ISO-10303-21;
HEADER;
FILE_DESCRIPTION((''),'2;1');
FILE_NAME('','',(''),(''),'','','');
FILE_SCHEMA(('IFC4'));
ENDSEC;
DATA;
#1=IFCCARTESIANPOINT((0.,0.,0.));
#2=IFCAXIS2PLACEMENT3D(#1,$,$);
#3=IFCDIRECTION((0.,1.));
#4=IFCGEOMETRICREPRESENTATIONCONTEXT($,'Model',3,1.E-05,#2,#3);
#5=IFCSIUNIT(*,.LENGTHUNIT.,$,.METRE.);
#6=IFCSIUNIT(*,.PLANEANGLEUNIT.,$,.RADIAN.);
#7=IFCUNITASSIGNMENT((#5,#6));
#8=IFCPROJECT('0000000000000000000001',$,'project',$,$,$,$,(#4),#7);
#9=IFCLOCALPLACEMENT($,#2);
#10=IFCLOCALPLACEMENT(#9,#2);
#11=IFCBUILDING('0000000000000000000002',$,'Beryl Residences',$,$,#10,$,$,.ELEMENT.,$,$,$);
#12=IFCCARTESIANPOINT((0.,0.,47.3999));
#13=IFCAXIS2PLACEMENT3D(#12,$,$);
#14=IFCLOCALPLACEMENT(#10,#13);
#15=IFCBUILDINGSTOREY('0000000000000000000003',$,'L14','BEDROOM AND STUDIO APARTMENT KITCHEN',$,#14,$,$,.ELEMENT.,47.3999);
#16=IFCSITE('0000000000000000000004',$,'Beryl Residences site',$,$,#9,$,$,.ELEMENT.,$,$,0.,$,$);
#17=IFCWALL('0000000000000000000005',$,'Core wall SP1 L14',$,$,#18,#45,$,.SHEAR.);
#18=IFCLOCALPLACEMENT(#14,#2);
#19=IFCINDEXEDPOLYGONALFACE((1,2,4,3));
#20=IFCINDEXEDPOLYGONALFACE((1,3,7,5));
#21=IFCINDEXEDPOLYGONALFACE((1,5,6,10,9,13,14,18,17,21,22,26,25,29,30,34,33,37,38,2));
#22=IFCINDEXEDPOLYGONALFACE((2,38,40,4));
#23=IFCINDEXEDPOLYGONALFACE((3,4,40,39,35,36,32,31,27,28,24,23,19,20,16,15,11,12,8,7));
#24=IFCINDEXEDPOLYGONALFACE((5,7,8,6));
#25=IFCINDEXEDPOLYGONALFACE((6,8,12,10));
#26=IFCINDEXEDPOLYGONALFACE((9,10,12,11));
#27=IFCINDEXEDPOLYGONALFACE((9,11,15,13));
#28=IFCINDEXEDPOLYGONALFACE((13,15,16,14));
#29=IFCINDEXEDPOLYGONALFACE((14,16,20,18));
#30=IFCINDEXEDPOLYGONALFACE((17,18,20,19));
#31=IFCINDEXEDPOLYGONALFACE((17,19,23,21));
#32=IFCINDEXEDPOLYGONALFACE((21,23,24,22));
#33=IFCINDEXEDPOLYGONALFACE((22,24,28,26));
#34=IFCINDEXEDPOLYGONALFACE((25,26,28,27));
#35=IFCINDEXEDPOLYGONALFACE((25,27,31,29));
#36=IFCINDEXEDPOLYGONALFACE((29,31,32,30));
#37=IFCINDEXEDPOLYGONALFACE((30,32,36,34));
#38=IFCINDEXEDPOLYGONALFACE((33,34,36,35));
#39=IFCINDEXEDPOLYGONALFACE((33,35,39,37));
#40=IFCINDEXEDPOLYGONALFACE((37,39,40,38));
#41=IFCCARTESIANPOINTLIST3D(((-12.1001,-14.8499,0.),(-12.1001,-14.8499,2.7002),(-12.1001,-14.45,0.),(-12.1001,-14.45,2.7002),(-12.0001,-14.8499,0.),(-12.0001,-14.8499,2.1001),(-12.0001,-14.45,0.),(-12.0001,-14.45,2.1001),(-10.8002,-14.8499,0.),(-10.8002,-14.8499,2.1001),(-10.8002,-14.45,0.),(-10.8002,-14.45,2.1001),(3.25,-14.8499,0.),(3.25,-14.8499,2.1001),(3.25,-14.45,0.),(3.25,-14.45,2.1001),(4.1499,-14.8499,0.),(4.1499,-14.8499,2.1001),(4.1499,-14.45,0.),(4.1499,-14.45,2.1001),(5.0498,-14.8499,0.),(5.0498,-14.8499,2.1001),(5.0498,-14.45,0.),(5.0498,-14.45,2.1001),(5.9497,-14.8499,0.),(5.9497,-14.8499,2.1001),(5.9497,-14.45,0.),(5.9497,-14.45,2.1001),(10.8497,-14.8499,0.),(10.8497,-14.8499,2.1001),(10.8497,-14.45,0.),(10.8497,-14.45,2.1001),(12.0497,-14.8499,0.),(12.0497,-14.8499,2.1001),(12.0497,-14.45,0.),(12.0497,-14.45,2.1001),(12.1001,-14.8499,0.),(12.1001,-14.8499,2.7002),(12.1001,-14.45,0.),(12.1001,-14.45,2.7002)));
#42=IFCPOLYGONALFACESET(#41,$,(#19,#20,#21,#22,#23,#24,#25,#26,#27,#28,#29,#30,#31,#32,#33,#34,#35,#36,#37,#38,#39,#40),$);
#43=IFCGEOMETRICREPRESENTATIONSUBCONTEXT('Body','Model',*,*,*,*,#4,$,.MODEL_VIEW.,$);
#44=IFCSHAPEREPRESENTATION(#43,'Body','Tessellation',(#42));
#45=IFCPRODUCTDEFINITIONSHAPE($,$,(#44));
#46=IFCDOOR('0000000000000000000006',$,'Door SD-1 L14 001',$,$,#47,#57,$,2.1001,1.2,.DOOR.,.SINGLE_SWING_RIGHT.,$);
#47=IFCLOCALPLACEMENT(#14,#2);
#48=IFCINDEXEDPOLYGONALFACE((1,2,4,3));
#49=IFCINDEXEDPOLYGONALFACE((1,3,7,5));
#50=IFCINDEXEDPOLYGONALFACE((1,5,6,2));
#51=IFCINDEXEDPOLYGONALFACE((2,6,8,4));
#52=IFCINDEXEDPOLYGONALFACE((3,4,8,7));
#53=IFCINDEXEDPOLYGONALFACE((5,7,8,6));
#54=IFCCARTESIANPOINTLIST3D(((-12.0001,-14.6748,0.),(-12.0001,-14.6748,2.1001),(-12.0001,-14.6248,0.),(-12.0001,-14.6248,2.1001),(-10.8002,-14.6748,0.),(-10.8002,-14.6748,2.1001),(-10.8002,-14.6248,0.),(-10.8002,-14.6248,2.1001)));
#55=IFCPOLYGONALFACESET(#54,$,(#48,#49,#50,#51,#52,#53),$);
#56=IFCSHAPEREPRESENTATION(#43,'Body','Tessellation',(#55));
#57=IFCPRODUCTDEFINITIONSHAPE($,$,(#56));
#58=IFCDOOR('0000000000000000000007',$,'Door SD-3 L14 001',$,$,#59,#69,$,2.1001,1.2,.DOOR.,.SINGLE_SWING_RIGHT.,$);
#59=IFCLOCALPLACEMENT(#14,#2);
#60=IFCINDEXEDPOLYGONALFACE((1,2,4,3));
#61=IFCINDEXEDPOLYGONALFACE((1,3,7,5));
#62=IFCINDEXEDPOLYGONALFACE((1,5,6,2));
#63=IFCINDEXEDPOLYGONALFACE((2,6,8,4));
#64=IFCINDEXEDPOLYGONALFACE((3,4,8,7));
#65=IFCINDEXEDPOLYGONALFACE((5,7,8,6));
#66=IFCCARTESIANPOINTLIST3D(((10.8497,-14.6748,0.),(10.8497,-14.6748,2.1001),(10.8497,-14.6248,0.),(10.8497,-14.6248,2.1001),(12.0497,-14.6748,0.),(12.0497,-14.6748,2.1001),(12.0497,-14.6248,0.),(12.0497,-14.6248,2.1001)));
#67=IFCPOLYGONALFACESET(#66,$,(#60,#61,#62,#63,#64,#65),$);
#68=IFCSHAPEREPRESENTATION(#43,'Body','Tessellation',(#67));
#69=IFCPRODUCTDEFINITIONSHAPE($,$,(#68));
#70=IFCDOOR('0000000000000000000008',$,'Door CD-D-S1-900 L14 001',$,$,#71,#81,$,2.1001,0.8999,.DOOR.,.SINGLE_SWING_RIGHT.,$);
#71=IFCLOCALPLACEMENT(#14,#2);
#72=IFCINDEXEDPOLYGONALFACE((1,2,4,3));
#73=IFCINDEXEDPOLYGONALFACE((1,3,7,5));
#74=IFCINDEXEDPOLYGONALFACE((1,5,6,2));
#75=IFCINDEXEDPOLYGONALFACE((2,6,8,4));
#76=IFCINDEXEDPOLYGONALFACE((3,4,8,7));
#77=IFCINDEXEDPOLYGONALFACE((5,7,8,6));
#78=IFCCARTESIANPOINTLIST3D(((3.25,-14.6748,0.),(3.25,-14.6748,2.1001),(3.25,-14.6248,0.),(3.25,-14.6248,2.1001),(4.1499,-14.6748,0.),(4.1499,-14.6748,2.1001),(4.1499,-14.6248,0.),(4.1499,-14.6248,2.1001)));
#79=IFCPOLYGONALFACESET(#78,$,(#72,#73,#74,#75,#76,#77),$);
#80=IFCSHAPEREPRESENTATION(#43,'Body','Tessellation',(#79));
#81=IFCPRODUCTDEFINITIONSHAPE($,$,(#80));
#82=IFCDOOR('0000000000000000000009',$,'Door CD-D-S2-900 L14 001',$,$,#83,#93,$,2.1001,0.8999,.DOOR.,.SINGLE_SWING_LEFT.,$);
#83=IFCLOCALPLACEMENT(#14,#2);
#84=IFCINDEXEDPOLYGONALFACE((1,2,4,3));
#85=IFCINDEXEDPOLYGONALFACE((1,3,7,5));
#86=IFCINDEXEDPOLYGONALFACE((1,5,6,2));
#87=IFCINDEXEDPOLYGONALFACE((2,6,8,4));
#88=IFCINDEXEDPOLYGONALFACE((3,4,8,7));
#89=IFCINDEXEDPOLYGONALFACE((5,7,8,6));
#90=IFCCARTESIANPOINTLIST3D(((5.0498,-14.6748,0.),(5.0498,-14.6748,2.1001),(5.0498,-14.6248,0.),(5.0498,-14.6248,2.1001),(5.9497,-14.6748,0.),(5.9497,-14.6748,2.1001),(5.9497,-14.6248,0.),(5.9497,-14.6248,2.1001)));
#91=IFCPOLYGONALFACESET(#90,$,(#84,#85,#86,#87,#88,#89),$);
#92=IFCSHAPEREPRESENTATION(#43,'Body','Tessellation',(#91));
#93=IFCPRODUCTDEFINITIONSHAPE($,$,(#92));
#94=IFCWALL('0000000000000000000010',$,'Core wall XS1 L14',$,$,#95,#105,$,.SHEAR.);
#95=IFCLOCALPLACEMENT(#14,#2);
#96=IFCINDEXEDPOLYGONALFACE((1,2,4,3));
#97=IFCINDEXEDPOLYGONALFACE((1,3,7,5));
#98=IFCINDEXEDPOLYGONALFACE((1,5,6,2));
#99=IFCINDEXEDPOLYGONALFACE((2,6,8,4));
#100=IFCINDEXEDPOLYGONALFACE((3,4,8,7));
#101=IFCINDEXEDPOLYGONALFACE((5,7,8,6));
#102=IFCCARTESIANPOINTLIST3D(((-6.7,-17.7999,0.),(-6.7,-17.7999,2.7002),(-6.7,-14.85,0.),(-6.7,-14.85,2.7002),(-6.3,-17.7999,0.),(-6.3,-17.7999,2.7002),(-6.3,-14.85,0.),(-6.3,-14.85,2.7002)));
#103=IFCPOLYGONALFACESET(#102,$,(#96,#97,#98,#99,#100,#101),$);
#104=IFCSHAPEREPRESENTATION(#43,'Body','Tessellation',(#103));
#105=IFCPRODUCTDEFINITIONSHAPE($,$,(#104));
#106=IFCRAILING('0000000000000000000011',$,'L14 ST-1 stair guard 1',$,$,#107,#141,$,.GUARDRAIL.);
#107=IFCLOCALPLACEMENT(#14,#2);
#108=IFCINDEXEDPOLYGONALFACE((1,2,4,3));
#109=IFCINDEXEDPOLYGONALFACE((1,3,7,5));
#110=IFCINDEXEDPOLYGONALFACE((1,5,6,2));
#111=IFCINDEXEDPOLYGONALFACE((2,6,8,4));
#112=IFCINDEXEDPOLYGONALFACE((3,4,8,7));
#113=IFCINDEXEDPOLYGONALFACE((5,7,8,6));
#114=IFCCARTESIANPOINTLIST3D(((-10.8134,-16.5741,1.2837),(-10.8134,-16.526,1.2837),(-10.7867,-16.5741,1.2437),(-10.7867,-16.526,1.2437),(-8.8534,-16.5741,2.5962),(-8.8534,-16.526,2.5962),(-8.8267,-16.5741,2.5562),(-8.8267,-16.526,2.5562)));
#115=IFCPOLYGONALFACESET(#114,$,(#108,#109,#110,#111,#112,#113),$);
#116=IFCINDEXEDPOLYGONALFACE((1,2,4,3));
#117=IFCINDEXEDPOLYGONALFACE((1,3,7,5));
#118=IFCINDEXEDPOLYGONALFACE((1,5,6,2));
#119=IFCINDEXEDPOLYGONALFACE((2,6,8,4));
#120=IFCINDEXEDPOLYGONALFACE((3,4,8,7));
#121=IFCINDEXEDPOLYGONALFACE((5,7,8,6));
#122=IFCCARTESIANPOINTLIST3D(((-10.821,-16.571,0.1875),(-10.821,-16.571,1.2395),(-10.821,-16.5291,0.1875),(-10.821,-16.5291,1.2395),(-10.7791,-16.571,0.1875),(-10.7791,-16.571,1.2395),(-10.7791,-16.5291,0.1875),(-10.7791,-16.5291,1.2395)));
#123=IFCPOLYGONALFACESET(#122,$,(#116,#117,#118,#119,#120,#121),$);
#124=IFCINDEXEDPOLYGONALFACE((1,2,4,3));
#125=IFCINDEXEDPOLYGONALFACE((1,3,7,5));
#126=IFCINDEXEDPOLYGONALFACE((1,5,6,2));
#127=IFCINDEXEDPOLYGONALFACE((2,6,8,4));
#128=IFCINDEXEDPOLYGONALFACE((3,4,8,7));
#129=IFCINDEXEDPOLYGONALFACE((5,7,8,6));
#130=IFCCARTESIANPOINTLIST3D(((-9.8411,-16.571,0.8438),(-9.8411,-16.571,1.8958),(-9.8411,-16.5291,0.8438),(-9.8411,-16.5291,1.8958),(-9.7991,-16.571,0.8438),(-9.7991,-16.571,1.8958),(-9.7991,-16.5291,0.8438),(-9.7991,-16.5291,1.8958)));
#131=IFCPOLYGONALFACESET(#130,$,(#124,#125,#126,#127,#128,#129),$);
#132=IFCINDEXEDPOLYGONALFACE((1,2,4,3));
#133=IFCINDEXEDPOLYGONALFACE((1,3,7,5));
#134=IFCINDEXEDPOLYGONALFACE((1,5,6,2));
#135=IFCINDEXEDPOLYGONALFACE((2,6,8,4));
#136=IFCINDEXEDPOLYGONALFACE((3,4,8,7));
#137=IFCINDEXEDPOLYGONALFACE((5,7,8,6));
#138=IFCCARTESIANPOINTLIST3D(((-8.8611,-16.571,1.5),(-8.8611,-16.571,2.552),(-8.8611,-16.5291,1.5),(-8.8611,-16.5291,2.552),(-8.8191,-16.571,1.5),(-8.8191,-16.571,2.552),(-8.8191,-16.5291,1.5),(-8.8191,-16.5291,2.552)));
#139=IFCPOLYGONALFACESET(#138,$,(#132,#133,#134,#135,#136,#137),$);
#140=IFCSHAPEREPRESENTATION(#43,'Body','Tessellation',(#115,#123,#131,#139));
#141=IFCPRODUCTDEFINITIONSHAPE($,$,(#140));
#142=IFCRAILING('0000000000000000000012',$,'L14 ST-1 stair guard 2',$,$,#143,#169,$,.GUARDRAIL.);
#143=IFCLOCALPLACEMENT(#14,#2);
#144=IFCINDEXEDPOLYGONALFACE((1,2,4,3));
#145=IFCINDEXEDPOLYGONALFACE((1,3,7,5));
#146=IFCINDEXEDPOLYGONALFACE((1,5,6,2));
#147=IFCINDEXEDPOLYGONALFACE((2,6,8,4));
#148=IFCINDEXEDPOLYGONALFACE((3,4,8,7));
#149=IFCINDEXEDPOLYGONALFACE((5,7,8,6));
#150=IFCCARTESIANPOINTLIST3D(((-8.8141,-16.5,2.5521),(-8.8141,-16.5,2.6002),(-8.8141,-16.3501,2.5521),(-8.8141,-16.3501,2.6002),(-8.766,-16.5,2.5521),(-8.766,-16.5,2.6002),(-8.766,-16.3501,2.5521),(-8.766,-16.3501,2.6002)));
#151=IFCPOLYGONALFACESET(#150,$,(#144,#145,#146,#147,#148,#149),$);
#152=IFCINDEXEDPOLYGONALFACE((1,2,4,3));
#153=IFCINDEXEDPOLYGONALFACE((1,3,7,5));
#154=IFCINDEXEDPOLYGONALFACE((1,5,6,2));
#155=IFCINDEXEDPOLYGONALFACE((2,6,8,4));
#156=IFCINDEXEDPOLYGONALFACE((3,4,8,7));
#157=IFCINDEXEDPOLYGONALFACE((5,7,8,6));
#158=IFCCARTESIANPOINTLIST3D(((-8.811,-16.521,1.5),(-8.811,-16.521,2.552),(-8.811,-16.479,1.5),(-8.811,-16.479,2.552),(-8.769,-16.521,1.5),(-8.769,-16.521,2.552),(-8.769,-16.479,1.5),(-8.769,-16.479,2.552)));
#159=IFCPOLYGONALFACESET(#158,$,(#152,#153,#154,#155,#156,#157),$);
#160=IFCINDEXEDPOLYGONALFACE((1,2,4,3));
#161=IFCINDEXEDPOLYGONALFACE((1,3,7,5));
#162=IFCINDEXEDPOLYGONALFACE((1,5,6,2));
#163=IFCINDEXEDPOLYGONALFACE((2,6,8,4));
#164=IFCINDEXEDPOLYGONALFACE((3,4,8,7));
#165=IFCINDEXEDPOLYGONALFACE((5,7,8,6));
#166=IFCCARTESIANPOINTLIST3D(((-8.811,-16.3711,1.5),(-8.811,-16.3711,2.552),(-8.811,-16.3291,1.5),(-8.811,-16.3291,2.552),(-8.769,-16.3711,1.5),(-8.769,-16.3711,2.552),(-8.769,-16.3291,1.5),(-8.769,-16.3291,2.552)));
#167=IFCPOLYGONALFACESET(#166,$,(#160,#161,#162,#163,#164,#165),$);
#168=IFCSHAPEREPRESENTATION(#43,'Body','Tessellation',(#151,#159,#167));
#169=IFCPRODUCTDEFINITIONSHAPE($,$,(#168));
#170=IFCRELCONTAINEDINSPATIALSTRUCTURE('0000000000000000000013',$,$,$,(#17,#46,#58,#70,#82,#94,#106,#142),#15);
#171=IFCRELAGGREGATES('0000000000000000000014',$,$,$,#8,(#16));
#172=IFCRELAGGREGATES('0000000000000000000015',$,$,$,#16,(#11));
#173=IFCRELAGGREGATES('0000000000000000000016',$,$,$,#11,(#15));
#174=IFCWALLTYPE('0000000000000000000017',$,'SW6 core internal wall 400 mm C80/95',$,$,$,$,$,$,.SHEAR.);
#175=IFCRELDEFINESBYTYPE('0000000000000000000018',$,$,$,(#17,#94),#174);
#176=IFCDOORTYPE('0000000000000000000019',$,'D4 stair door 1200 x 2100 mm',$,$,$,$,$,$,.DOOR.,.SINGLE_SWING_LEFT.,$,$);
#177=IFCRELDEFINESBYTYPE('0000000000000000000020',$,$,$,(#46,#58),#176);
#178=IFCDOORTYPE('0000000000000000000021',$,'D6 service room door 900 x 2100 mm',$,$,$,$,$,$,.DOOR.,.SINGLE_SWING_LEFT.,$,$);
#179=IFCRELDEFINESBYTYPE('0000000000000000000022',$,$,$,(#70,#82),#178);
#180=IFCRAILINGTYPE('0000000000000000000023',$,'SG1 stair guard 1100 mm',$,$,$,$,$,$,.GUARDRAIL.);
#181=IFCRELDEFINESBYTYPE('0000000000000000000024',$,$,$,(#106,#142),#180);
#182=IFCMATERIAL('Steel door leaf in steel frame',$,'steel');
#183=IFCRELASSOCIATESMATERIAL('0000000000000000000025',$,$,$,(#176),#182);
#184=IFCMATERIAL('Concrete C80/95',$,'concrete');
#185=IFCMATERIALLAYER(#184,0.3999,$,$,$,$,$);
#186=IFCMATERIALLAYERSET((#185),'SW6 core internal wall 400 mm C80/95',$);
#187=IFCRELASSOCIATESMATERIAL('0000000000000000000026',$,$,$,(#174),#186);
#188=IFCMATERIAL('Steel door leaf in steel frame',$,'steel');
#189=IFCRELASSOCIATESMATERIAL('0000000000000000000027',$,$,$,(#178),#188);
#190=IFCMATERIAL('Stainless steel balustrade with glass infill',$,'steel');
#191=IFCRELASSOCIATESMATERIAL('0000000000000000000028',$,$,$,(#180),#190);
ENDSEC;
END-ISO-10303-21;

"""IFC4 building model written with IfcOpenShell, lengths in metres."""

from ifc_helpers import new_model, si_unit, direction, frame, frame_2d, origin, origin_2d, place, context, subcontext, project, spatial, rectangle, extrude, material, layer, layer_set, type_object, element, fill, save


model = new_model("IFC4")

# Units and contexts
model_context = context("Model", 3, precision=1e-05, world=origin(), true_north=direction((0.0, 1.0)))
body_context = subcontext(model_context, "Body", "Model", "MODEL_VIEW")
ifc_project = project(units=[si_unit("LENGTHUNIT", "METRE"), si_unit("PLANEANGLEUNIT", "RADIAN")], contexts=[model_context])

# Site, building, storey
site_placement = place(None, origin())
site = spatial("IfcSite", under=ifc_project, at=site_placement, Name="Beryl Residences site", CompositionType="ELEMENT", RefElevation=0.0)
building_placement = place(site_placement, origin())
building = spatial("IfcBuilding", under=site, at=building_placement, Name="Beryl Residences", CompositionType="ELEMENT")
storey_placement = place(building_placement, frame((0.0, 0.0, 47.3999)))
storey = spatial("IfcBuildingStorey", under=building, at=storey_placement, Name="L14", Description="BEDROOM AND STUDIO APARTMENT KITCHEN", CompositionType="ELEMENT", Elevation=47.3999)

# Shared definitions
ifc_material_1 = material(Name="Steel door leaf in steel frame", Category="steel")
door_type_1 = type_object("IfcDoorType", Name="D4 stair door 1200 x 2100 mm", OperationType="SINGLE_SWING_LEFT", PredefinedType="DOOR", material=ifc_material_1)

# Wall, openings, doors
ifc_material_2 = material(Name="Concrete C80/95", Category="concrete")
ifc_layer_1 = layer(ifc_material_2, 0.3999)
ifc_layer_set_1 = layer_set([ifc_layer_1], Name="SW6 core internal wall 400 mm C80/95")
wall_type_1 = type_object("IfcWallType", Name="SW6 core internal wall 400 mm C80/95", PredefinedType="SHEAR", material=ifc_layer_set_1)
wall_1_placement = place(storey_placement, frame((-12.1001, -14.6499, 0.0), z_axis=(0.0, 0.0, 1.0), x_axis=(1.0, 0.0, 0.0)))
wall_1 = element("IfcWall", 1, at=wall_1_placement, inside=storey, type_object=wall_type_1, Name="Core wall SP1 L14", PredefinedType="SHEAR", context=body_context, shape_type="SweptSolid", body=[
    extrude(rectangle(XDim=24.2002, YDim=0.3999, at=frame_2d((12.1001, 0.0))), origin(), (0.0, 0.0, 1.0), 2.7002),
])
opening_1_placement = place(wall_1_placement, frame((1.3, 0.0, 0.0), z_axis=(0.0, 0.0, 1.0), x_axis=(-1.0, 0.0, 0.0)))
opening_1 = element("IfcOpeningElement", 2, at=opening_1_placement, cuts=wall_1, PredefinedType="OPENING", context=body_context, shape_type="SweptSolid", body=[
    extrude(rectangle(XDim=1.2, YDim=2.1001, at=frame_2d((0.6001, 1.05))), frame((0.0, 0.21, 0.0), z_axis=(0.0, -1.0, 0.0), x_axis=(1.0, 0.0, 0.0)), (0.0, 0.0, 1.0), 0.4199),
])
opening_2_placement = place(wall_1_placement, frame((24.1499, 0.0, 0.0), z_axis=(0.0, 0.0, 1.0), x_axis=(-1.0, 0.0, 0.0)))
opening_2 = element("IfcOpeningElement", 3, at=opening_2_placement, cuts=wall_1, PredefinedType="OPENING", context=body_context, shape_type="SweptSolid", body=[
    extrude(rectangle(XDim=1.2, YDim=2.1001, at=frame_2d((0.6001, 1.05))), frame((0.0, 0.21, 0.0), z_axis=(0.0, -1.0, 0.0), x_axis=(1.0, 0.0, 0.0)), (0.0, 0.0, 1.0), 0.4199),
])
opening_3_placement = place(wall_1_placement, frame((16.25, 0.0, 0.0), z_axis=(0.0, 0.0, 1.0), x_axis=(-1.0, 0.0, 0.0)))
opening_3 = element("IfcOpeningElement", 4, at=opening_3_placement, cuts=wall_1, PredefinedType="OPENING", context=body_context, shape_type="SweptSolid", body=[
    extrude(rectangle(XDim=0.8999, YDim=2.1001, at=frame_2d((0.45, 1.05))), frame((0.0, 0.21, 0.0), z_axis=(0.0, -1.0, 0.0), x_axis=(1.0, 0.0, 0.0)), (0.0, 0.0, 1.0), 0.4199),
])
opening_4_placement = place(wall_1_placement, frame((18.0498, 0.0, 0.0), z_axis=(0.0, 0.0, 1.0), x_axis=(-1.0, 0.0, 0.0)))
opening_4 = element("IfcOpeningElement", 5, at=opening_4_placement, cuts=wall_1, PredefinedType="OPENING", context=body_context, shape_type="SweptSolid", body=[
    extrude(rectangle(XDim=0.8999, YDim=2.1001, at=frame_2d((0.45, 1.05))), frame((0.0, 0.21, 0.0), z_axis=(0.0, -1.0, 0.0), x_axis=(1.0, 0.0, 0.0)), (0.0, 0.0, 1.0), 0.4199),
])
door_1_placement = place(opening_1_placement, origin())
door_1 = element("IfcDoor", 6, at=door_1_placement, inside=storey, type_object=door_type_1, Name="Door SD-1 L14 001", OperationType="SINGLE_SWING_RIGHT", OverallHeight=2.1001, OverallWidth=1.2, PredefinedType="DOOR", context=body_context, shape_type="SweptSolid", body=[
    extrude(rectangle(XDim=1.2, YDim=2.1001, at=frame_2d((0.6001, 1.05))), frame((0.0, 0.0249, 0.0), z_axis=(0.0, -1.0, 0.0), x_axis=(1.0, 0.0, 0.0)), (0.0, 0.0, 1.0), 0.05),
])
fill(opening_1, door_1)
door_2_placement = place(opening_2_placement, origin())
door_2 = element("IfcDoor", 7, at=door_2_placement, inside=storey, type_object=door_type_1, Name="Door SD-3 L14 001", OperationType="SINGLE_SWING_RIGHT", OverallHeight=2.1001, OverallWidth=1.2, PredefinedType="DOOR", context=body_context, shape_type="SweptSolid", body=[
    extrude(rectangle(XDim=1.2, YDim=2.1001, at=frame_2d((0.6001, 1.05))), frame((0.0, 0.0249, 0.0), z_axis=(0.0, -1.0, 0.0), x_axis=(1.0, 0.0, 0.0)), (0.0, 0.0, 1.0), 0.05),
])
fill(opening_2, door_2)
ifc_material_3 = material(Name="Steel door leaf in steel frame", Category="steel")
door_type_2 = type_object("IfcDoorType", Name="D6 service room door 900 x 2100 mm", OperationType="SINGLE_SWING_LEFT", PredefinedType="DOOR", material=ifc_material_3)
door_3_placement = place(opening_3_placement, origin())
door_3 = element("IfcDoor", 8, at=door_3_placement, inside=storey, type_object=door_type_2, Name="Door CD-D-S1-900 L14 001", OperationType="SINGLE_SWING_RIGHT", OverallHeight=2.1001, OverallWidth=0.8999, PredefinedType="DOOR", context=body_context, shape_type="SweptSolid", body=[
    extrude(rectangle(XDim=0.8999, YDim=2.1001, at=frame_2d((0.45, 1.05))), frame((0.0, 0.0249, 0.0), z_axis=(0.0, -1.0, 0.0), x_axis=(1.0, 0.0, 0.0)), (0.0, 0.0, 1.0), 0.05),
])
fill(opening_3, door_3)
door_4_placement = place(opening_4_placement, origin())
door_4 = element("IfcDoor", 9, at=door_4_placement, inside=storey, type_object=door_type_2, Name="Door CD-D-S2-900 L14 001", OperationType="SINGLE_SWING_LEFT", OverallHeight=2.1001, OverallWidth=0.8999, PredefinedType="DOOR", context=body_context, shape_type="SweptSolid", body=[
    extrude(rectangle(XDim=0.8999, YDim=2.1001, at=frame_2d((0.45, 1.05))), frame((0.0, 0.0249, 0.0), z_axis=(0.0, -1.0, 0.0), x_axis=(1.0, 0.0, 0.0)), (0.0, 0.0, 1.0), 0.05),
])
fill(opening_4, door_4)

# Wall
wall_2_placement = place(storey_placement, frame((-6.5, -17.8, 0.0), z_axis=(0.0, 0.0, 1.0), x_axis=(0.0, 1.0, 0.0)))
element("IfcWall", 10, at=wall_2_placement, inside=storey, type_object=wall_type_1, Name="Core wall XS1 L14", PredefinedType="SHEAR", context=body_context, shape_type="SweptSolid", body=[
    extrude(rectangle(XDim=2.95, YDim=0.3999, at=frame_2d((1.4751, 0.0))), origin(), (0.0, 0.0, 1.0), 2.7002),
])

# Railings
ifc_material_4 = material(Name="Stainless steel balustrade with glass infill", Category="steel")
railing_type_1 = type_object("IfcRailingType", Name="SG1 stair guard 1100 mm", PredefinedType="GUARDRAIL", material=ifc_material_4)
railing_1_placement = place(storey_placement, frame((-10.8, -16.55, 0.1875)))
element("IfcRailing", 11, at=railing_1_placement, inside=storey, type_object=railing_type_1, Name="L14 ST-1 stair guard 1", PredefinedType="GUARDRAIL", context=body_context, shape_type="SweptSolid", body=[
    extrude(rectangle(XDim=0.0481, YDim=0.0481, at=origin_2d()), frame((0.0, 0.0, 1.0762), z_axis=(0.830902, 0.0, 0.556419), x_axis=(0.0, 1.0, 0.0)), (0.0, 0.0, 1.0), 2.3589),
    extrude(rectangle(XDim=0.042, YDim=0.042, at=origin_2d()), origin(), (0.0, 0.0, 1.0), 1.052),
    extrude(rectangle(XDim=0.042, YDim=0.042, at=origin_2d()), frame((0.98, 0.0, 0.6562)), (0.0, 0.0, 1.0), 1.052),
    extrude(rectangle(XDim=0.042, YDim=0.042, at=origin_2d()), frame((1.96, 0.0, 1.3125)), (0.0, 0.0, 1.0), 1.052),
])
railing_2_placement = place(storey_placement, frame((-8.79, -16.5, 1.5)))
element("IfcRailing", 12, at=railing_2_placement, inside=storey, type_object=railing_type_1, Name="L14 ST-1 stair guard 2", PredefinedType="GUARDRAIL", context=body_context, shape_type="SweptSolid", body=[
    extrude(rectangle(XDim=0.0481, YDim=0.0481, at=origin_2d()), frame((0.0, 0.0, 1.0762), z_axis=(0.0, 1.0, 0.0), x_axis=(-1.0, 0.0, 0.0)), (0.0, 0.0, 1.0), 0.1499),
    extrude(rectangle(XDim=0.042, YDim=0.042, at=origin_2d()), origin(), (0.0, 0.0, 1.0), 1.052),
    extrude(rectangle(XDim=0.042, YDim=0.042, at=origin_2d()), frame((0.0, 0.1499, 0.0)), (0.0, 0.0, 1.0), 1.052),
])

save(model, "model.ifc")
